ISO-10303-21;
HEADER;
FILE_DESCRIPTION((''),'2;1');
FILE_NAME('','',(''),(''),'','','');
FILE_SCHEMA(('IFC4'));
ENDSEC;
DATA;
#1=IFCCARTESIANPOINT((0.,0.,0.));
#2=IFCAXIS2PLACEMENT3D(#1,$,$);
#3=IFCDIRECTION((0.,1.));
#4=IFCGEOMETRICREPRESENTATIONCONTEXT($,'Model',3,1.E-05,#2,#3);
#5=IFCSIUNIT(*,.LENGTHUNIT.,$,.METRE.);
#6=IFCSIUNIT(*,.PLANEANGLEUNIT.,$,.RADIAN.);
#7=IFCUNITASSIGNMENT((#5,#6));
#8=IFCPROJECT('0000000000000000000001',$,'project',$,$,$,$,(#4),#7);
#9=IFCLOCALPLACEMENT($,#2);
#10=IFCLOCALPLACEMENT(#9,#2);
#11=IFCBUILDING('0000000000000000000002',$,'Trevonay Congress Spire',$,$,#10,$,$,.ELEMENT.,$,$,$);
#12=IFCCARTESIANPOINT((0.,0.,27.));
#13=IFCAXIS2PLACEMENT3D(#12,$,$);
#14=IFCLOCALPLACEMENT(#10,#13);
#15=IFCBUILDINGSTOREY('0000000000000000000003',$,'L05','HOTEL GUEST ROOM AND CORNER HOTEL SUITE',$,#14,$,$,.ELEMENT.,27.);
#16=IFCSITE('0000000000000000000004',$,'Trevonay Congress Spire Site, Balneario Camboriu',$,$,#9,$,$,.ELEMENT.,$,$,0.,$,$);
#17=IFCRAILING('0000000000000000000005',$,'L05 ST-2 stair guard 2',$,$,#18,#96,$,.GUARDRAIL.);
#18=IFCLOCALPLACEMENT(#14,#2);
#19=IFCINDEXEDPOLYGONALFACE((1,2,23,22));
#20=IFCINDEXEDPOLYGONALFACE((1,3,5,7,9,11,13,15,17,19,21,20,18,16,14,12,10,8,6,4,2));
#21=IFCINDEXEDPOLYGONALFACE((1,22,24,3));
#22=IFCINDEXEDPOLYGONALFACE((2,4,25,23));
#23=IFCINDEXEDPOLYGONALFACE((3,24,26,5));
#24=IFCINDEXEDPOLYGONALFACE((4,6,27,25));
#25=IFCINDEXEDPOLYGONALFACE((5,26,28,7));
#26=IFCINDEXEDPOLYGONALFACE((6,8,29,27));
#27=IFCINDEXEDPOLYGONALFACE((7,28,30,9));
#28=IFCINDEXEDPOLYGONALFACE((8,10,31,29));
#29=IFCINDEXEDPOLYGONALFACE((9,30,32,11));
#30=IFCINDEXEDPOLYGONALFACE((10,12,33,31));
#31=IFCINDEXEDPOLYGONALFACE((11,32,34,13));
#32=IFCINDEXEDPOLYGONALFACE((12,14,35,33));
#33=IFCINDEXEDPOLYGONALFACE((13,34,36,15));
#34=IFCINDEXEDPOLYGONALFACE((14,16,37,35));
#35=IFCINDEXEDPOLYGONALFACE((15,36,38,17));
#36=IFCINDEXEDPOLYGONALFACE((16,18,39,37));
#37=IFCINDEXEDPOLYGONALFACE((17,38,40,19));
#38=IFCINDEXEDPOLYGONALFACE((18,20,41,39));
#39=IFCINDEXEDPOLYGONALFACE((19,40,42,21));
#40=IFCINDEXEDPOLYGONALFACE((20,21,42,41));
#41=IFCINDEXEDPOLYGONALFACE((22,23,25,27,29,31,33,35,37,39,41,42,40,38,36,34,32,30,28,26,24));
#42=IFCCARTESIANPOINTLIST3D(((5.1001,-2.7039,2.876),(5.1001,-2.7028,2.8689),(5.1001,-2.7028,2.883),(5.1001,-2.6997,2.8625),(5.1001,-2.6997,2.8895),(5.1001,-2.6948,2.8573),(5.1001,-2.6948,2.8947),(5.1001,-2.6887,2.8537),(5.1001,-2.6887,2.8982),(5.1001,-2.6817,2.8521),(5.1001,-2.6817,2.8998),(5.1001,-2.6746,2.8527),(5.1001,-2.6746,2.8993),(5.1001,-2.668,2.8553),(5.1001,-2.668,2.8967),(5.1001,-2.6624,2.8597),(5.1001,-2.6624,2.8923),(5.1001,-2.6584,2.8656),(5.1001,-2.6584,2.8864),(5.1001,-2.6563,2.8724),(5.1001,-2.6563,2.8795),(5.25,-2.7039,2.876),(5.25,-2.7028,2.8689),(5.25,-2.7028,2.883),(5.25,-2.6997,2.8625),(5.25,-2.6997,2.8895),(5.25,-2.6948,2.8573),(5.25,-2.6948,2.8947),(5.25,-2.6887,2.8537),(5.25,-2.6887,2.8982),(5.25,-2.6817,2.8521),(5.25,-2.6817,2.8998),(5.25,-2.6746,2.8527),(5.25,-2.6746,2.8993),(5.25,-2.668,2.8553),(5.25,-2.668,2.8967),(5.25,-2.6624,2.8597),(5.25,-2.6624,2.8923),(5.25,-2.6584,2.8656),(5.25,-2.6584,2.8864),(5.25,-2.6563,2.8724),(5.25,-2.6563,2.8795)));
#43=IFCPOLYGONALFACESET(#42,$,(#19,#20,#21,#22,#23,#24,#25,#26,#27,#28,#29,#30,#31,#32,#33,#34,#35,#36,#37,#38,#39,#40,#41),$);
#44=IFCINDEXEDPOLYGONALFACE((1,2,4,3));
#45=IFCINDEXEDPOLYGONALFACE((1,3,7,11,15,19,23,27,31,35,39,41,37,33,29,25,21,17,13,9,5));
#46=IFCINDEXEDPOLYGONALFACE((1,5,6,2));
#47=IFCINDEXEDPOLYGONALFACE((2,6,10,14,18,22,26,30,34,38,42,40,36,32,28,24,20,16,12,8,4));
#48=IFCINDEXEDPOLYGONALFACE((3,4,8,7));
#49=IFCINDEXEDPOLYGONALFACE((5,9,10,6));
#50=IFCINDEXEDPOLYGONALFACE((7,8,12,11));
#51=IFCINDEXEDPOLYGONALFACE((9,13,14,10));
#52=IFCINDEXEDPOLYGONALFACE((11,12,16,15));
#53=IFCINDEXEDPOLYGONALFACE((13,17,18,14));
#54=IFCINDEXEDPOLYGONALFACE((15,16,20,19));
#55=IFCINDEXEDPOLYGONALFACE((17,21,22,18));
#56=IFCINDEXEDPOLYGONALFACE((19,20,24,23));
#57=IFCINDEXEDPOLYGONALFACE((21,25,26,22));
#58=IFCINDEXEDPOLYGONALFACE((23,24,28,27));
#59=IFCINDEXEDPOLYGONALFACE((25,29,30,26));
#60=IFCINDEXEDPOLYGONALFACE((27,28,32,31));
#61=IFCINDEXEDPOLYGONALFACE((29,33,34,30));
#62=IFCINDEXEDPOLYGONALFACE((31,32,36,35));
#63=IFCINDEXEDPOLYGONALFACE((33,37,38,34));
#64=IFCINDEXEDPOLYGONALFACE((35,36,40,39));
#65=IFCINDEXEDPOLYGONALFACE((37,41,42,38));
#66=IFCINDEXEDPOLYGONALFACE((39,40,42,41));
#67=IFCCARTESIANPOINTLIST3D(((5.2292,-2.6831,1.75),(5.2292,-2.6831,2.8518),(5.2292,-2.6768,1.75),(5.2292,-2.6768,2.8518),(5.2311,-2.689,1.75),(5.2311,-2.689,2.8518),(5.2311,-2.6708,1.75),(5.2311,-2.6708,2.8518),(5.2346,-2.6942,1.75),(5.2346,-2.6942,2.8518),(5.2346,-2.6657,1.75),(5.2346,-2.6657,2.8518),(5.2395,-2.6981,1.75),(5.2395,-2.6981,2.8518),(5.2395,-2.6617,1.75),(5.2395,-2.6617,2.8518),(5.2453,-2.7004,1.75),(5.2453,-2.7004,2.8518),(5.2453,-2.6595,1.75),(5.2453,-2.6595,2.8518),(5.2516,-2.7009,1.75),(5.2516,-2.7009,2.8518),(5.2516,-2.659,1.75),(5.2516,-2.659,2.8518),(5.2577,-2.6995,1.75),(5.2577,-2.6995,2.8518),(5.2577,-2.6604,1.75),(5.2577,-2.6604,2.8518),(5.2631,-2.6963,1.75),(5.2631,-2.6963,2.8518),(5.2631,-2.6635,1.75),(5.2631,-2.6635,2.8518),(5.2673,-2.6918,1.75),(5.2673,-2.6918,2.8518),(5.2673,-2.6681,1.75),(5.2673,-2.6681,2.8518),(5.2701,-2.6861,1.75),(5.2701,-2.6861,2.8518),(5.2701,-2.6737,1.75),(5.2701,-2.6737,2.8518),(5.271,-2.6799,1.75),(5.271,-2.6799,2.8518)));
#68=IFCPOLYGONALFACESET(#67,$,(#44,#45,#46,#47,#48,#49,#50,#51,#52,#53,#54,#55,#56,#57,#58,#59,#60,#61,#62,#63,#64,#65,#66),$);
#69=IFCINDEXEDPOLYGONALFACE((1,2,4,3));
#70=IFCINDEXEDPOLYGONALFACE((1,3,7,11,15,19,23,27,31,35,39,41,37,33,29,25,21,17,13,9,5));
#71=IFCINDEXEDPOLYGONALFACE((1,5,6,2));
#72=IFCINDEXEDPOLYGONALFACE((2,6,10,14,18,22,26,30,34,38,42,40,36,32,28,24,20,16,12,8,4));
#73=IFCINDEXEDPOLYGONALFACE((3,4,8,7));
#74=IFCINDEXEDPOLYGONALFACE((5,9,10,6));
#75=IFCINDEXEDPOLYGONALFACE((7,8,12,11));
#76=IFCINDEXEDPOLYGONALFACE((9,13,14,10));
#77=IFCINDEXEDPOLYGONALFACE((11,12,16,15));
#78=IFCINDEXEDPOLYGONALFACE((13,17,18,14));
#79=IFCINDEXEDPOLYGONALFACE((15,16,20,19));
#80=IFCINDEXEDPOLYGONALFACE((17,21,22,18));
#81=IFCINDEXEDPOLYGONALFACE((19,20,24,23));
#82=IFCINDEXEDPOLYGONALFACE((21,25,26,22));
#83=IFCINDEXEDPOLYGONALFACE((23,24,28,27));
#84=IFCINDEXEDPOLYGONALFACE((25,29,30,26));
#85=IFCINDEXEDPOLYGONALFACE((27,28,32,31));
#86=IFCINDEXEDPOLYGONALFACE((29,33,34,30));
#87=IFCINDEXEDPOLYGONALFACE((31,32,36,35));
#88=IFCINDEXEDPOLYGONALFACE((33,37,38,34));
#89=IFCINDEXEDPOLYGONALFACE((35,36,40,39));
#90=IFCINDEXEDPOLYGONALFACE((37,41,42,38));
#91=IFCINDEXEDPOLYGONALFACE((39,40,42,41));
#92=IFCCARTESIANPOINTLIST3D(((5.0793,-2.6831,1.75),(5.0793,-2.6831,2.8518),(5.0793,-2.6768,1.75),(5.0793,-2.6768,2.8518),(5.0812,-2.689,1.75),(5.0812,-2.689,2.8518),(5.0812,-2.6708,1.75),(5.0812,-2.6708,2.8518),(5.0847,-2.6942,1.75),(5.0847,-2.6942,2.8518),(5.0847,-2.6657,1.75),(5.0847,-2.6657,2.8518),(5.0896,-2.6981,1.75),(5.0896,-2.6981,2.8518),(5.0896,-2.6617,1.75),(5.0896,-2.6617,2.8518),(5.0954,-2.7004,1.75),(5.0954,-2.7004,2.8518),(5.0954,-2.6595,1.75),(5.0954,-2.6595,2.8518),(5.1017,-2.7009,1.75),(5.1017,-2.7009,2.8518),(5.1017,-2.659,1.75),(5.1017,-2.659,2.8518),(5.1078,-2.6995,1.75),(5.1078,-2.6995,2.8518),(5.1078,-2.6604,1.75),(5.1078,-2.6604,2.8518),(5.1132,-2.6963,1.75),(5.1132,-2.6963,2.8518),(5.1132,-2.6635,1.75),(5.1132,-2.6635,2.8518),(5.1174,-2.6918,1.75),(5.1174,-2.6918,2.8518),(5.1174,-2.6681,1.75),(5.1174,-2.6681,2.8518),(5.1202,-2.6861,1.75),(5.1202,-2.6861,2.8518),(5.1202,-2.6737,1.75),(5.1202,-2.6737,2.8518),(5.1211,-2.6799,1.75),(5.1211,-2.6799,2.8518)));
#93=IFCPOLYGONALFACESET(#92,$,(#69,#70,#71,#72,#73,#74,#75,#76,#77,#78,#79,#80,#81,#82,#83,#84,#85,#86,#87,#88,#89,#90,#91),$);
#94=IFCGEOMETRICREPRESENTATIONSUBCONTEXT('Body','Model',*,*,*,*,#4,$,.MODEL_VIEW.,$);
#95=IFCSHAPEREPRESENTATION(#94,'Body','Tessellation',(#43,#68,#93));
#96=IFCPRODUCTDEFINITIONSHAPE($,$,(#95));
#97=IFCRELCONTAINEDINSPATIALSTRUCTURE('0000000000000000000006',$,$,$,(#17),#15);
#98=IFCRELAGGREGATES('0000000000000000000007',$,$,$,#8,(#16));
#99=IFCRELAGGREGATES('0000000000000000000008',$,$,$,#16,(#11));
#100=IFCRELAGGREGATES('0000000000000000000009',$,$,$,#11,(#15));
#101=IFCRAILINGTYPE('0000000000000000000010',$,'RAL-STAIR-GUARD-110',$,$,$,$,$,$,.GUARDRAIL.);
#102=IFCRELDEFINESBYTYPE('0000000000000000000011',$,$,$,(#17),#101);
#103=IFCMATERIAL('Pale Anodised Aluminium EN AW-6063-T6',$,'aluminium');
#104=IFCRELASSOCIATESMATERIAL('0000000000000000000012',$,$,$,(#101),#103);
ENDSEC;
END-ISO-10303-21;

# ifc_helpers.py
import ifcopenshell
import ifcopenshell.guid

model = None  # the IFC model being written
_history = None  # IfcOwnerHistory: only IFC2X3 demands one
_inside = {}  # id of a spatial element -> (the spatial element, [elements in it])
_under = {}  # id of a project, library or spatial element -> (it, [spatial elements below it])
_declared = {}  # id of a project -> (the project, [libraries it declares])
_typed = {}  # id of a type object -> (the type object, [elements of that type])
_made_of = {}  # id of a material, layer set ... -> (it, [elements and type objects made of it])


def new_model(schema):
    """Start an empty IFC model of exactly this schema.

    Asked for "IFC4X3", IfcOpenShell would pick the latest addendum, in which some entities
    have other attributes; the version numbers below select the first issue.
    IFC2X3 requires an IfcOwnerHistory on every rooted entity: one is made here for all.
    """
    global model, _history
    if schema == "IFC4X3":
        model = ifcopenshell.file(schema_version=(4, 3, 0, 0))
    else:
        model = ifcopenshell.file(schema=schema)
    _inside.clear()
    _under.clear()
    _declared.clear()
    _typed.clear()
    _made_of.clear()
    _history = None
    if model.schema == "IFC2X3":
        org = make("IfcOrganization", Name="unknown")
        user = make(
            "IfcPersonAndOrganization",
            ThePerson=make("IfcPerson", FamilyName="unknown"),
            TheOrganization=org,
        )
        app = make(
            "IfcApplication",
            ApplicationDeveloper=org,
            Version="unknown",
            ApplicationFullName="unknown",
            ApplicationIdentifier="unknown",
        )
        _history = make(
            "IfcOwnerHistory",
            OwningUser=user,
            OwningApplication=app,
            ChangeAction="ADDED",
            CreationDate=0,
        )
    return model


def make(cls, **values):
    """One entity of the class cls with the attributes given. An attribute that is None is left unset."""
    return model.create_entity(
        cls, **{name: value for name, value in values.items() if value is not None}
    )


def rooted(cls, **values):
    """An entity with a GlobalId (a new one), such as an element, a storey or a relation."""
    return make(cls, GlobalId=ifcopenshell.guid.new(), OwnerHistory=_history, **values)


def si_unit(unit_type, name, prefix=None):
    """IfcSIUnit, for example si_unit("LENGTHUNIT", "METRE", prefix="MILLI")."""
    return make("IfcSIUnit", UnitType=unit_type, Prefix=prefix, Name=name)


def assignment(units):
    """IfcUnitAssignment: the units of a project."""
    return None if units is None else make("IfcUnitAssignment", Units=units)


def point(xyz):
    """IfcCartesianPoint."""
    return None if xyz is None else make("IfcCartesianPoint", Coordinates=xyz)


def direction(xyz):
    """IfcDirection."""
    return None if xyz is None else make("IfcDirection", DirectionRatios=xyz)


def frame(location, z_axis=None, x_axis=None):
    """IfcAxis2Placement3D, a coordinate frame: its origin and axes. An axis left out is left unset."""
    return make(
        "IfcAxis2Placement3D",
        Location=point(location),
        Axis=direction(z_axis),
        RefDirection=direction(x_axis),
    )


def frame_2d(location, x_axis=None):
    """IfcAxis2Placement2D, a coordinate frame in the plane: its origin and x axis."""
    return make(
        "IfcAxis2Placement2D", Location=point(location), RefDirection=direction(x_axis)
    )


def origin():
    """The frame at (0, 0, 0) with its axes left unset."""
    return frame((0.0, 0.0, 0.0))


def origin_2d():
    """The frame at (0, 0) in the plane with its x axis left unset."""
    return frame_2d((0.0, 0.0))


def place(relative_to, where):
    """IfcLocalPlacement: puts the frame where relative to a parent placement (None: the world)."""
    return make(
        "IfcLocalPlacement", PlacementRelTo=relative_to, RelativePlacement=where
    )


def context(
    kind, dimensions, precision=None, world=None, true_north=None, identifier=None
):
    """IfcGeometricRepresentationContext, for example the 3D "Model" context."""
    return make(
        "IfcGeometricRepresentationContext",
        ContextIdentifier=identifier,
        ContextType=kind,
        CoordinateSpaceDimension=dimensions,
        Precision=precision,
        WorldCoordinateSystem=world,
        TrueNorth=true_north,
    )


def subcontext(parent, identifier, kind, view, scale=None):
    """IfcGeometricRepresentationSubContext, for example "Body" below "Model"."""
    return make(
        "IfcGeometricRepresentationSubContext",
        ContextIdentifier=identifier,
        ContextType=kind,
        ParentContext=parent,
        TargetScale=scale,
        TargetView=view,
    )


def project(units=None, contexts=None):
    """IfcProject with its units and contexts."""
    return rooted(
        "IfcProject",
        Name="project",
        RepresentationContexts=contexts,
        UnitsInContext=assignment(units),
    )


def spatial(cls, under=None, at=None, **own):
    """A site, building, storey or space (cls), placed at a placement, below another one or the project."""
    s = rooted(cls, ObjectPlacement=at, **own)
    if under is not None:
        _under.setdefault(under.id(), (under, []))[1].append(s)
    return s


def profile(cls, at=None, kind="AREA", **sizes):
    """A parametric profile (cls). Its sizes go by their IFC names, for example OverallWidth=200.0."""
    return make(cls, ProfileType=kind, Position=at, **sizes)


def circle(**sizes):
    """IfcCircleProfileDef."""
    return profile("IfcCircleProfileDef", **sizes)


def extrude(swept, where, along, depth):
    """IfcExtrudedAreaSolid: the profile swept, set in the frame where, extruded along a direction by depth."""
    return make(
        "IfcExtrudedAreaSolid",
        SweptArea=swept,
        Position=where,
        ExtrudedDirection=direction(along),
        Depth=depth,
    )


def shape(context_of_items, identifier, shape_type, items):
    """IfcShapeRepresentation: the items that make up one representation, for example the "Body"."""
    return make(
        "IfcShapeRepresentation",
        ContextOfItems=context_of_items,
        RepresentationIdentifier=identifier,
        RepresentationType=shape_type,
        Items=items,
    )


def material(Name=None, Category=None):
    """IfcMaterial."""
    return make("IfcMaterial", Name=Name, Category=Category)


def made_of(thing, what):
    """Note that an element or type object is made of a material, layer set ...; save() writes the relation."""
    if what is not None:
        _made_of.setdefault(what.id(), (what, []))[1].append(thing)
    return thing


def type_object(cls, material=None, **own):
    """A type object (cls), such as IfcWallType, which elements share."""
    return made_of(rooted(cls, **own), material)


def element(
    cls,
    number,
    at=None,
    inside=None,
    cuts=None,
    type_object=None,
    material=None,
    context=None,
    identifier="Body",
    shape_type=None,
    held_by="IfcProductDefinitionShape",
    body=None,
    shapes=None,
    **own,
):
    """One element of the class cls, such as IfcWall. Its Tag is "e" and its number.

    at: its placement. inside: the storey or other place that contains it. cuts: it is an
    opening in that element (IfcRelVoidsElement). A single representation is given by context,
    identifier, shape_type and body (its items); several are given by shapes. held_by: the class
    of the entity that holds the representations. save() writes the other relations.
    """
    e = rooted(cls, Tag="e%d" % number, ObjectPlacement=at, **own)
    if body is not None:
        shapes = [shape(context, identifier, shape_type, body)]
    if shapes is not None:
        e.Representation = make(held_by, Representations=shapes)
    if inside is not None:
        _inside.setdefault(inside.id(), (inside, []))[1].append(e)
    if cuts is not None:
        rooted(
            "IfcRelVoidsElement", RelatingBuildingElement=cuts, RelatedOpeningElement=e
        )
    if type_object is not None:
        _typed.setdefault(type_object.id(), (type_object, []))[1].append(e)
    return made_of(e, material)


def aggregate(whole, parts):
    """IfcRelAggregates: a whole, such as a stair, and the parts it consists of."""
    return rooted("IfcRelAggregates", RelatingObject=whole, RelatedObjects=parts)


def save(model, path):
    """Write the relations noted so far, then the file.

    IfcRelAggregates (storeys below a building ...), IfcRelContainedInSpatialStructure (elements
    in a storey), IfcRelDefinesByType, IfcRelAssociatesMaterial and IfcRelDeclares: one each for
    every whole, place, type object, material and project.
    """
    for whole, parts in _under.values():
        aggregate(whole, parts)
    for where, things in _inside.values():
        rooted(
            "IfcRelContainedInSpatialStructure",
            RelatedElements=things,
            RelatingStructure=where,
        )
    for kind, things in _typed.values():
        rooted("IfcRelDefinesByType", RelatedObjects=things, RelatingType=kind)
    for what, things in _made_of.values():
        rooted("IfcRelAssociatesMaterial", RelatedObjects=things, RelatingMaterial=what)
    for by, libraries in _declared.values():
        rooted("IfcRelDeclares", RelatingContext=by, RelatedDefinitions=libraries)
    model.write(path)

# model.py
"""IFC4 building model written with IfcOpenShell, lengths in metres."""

from ifc_helpers import new_model, si_unit, direction, frame, origin, origin_2d, place, context, subcontext, project, spatial, circle, extrude, material, type_object, element, save


model = new_model("IFC4")

# Units and contexts
model_context = context("Model", 3, precision=1e-05, world=origin(), true_north=direction((0.0, 1.0)))
body_context = subcontext(model_context, "Body", "Model", "MODEL_VIEW")
ifc_project = project(units=[si_unit("LENGTHUNIT", "METRE"), si_unit("PLANEANGLEUNIT", "RADIAN")], contexts=[model_context])

# Site, building, storey
site_placement = place(None, origin())
site = spatial("IfcSite", under=ifc_project, at=site_placement, Name="Trevonay Congress Spire Site, Balneario Camboriu", CompositionType="ELEMENT", RefElevation=0.0)
building_placement = place(site_placement, origin())
building = spatial("IfcBuilding", under=site, at=building_placement, Name="Trevonay Congress Spire", CompositionType="ELEMENT")
storey_placement = place(building_placement, frame((0.0, 0.0, 27.0)))
storey = spatial("IfcBuildingStorey", under=building, at=storey_placement, Name="L05", Description="HOTEL GUEST ROOM AND CORNER HOTEL SUITE", CompositionType="ELEMENT", Elevation=27.0)

# Railing
ifc_material_1 = material(Name="Pale Anodised Aluminium EN AW-6063-T6", Category="aluminium")
railing_type = type_object("IfcRailingType", Name="RAL-STAIR-GUARD-110", PredefinedType="GUARDRAIL", material=ifc_material_1)
railing_1_placement = place(storey_placement, frame((5.25, -2.6799, 1.75)))
element("IfcRailing", 1, at=railing_1_placement, inside=storey, type_object=railing_type, Name="L05 ST-2 stair guard 2", PredefinedType="GUARDRAIL", context=body_context, shape_type="SweptSolid", body=[
    extrude(circle(Radius=0.0239, at=origin_2d()), frame((0.0, 0.0, 1.126), z_axis=(-1.0, 0.0, 0.0), x_axis=(0.0, -1.0, 0.0)), (0.0, 0.0, 1.0), 0.1499),
    extrude(circle(Radius=0.021, at=origin_2d()), origin(), (0.0, 0.0, 1.0), 1.1018),
    extrude(circle(Radius=0.021, at=origin_2d()), frame((-0.1499, 0.0, 0.0)), (0.0, 0.0, 1.0), 1.1018),
])

save(model, "model.ifc")
